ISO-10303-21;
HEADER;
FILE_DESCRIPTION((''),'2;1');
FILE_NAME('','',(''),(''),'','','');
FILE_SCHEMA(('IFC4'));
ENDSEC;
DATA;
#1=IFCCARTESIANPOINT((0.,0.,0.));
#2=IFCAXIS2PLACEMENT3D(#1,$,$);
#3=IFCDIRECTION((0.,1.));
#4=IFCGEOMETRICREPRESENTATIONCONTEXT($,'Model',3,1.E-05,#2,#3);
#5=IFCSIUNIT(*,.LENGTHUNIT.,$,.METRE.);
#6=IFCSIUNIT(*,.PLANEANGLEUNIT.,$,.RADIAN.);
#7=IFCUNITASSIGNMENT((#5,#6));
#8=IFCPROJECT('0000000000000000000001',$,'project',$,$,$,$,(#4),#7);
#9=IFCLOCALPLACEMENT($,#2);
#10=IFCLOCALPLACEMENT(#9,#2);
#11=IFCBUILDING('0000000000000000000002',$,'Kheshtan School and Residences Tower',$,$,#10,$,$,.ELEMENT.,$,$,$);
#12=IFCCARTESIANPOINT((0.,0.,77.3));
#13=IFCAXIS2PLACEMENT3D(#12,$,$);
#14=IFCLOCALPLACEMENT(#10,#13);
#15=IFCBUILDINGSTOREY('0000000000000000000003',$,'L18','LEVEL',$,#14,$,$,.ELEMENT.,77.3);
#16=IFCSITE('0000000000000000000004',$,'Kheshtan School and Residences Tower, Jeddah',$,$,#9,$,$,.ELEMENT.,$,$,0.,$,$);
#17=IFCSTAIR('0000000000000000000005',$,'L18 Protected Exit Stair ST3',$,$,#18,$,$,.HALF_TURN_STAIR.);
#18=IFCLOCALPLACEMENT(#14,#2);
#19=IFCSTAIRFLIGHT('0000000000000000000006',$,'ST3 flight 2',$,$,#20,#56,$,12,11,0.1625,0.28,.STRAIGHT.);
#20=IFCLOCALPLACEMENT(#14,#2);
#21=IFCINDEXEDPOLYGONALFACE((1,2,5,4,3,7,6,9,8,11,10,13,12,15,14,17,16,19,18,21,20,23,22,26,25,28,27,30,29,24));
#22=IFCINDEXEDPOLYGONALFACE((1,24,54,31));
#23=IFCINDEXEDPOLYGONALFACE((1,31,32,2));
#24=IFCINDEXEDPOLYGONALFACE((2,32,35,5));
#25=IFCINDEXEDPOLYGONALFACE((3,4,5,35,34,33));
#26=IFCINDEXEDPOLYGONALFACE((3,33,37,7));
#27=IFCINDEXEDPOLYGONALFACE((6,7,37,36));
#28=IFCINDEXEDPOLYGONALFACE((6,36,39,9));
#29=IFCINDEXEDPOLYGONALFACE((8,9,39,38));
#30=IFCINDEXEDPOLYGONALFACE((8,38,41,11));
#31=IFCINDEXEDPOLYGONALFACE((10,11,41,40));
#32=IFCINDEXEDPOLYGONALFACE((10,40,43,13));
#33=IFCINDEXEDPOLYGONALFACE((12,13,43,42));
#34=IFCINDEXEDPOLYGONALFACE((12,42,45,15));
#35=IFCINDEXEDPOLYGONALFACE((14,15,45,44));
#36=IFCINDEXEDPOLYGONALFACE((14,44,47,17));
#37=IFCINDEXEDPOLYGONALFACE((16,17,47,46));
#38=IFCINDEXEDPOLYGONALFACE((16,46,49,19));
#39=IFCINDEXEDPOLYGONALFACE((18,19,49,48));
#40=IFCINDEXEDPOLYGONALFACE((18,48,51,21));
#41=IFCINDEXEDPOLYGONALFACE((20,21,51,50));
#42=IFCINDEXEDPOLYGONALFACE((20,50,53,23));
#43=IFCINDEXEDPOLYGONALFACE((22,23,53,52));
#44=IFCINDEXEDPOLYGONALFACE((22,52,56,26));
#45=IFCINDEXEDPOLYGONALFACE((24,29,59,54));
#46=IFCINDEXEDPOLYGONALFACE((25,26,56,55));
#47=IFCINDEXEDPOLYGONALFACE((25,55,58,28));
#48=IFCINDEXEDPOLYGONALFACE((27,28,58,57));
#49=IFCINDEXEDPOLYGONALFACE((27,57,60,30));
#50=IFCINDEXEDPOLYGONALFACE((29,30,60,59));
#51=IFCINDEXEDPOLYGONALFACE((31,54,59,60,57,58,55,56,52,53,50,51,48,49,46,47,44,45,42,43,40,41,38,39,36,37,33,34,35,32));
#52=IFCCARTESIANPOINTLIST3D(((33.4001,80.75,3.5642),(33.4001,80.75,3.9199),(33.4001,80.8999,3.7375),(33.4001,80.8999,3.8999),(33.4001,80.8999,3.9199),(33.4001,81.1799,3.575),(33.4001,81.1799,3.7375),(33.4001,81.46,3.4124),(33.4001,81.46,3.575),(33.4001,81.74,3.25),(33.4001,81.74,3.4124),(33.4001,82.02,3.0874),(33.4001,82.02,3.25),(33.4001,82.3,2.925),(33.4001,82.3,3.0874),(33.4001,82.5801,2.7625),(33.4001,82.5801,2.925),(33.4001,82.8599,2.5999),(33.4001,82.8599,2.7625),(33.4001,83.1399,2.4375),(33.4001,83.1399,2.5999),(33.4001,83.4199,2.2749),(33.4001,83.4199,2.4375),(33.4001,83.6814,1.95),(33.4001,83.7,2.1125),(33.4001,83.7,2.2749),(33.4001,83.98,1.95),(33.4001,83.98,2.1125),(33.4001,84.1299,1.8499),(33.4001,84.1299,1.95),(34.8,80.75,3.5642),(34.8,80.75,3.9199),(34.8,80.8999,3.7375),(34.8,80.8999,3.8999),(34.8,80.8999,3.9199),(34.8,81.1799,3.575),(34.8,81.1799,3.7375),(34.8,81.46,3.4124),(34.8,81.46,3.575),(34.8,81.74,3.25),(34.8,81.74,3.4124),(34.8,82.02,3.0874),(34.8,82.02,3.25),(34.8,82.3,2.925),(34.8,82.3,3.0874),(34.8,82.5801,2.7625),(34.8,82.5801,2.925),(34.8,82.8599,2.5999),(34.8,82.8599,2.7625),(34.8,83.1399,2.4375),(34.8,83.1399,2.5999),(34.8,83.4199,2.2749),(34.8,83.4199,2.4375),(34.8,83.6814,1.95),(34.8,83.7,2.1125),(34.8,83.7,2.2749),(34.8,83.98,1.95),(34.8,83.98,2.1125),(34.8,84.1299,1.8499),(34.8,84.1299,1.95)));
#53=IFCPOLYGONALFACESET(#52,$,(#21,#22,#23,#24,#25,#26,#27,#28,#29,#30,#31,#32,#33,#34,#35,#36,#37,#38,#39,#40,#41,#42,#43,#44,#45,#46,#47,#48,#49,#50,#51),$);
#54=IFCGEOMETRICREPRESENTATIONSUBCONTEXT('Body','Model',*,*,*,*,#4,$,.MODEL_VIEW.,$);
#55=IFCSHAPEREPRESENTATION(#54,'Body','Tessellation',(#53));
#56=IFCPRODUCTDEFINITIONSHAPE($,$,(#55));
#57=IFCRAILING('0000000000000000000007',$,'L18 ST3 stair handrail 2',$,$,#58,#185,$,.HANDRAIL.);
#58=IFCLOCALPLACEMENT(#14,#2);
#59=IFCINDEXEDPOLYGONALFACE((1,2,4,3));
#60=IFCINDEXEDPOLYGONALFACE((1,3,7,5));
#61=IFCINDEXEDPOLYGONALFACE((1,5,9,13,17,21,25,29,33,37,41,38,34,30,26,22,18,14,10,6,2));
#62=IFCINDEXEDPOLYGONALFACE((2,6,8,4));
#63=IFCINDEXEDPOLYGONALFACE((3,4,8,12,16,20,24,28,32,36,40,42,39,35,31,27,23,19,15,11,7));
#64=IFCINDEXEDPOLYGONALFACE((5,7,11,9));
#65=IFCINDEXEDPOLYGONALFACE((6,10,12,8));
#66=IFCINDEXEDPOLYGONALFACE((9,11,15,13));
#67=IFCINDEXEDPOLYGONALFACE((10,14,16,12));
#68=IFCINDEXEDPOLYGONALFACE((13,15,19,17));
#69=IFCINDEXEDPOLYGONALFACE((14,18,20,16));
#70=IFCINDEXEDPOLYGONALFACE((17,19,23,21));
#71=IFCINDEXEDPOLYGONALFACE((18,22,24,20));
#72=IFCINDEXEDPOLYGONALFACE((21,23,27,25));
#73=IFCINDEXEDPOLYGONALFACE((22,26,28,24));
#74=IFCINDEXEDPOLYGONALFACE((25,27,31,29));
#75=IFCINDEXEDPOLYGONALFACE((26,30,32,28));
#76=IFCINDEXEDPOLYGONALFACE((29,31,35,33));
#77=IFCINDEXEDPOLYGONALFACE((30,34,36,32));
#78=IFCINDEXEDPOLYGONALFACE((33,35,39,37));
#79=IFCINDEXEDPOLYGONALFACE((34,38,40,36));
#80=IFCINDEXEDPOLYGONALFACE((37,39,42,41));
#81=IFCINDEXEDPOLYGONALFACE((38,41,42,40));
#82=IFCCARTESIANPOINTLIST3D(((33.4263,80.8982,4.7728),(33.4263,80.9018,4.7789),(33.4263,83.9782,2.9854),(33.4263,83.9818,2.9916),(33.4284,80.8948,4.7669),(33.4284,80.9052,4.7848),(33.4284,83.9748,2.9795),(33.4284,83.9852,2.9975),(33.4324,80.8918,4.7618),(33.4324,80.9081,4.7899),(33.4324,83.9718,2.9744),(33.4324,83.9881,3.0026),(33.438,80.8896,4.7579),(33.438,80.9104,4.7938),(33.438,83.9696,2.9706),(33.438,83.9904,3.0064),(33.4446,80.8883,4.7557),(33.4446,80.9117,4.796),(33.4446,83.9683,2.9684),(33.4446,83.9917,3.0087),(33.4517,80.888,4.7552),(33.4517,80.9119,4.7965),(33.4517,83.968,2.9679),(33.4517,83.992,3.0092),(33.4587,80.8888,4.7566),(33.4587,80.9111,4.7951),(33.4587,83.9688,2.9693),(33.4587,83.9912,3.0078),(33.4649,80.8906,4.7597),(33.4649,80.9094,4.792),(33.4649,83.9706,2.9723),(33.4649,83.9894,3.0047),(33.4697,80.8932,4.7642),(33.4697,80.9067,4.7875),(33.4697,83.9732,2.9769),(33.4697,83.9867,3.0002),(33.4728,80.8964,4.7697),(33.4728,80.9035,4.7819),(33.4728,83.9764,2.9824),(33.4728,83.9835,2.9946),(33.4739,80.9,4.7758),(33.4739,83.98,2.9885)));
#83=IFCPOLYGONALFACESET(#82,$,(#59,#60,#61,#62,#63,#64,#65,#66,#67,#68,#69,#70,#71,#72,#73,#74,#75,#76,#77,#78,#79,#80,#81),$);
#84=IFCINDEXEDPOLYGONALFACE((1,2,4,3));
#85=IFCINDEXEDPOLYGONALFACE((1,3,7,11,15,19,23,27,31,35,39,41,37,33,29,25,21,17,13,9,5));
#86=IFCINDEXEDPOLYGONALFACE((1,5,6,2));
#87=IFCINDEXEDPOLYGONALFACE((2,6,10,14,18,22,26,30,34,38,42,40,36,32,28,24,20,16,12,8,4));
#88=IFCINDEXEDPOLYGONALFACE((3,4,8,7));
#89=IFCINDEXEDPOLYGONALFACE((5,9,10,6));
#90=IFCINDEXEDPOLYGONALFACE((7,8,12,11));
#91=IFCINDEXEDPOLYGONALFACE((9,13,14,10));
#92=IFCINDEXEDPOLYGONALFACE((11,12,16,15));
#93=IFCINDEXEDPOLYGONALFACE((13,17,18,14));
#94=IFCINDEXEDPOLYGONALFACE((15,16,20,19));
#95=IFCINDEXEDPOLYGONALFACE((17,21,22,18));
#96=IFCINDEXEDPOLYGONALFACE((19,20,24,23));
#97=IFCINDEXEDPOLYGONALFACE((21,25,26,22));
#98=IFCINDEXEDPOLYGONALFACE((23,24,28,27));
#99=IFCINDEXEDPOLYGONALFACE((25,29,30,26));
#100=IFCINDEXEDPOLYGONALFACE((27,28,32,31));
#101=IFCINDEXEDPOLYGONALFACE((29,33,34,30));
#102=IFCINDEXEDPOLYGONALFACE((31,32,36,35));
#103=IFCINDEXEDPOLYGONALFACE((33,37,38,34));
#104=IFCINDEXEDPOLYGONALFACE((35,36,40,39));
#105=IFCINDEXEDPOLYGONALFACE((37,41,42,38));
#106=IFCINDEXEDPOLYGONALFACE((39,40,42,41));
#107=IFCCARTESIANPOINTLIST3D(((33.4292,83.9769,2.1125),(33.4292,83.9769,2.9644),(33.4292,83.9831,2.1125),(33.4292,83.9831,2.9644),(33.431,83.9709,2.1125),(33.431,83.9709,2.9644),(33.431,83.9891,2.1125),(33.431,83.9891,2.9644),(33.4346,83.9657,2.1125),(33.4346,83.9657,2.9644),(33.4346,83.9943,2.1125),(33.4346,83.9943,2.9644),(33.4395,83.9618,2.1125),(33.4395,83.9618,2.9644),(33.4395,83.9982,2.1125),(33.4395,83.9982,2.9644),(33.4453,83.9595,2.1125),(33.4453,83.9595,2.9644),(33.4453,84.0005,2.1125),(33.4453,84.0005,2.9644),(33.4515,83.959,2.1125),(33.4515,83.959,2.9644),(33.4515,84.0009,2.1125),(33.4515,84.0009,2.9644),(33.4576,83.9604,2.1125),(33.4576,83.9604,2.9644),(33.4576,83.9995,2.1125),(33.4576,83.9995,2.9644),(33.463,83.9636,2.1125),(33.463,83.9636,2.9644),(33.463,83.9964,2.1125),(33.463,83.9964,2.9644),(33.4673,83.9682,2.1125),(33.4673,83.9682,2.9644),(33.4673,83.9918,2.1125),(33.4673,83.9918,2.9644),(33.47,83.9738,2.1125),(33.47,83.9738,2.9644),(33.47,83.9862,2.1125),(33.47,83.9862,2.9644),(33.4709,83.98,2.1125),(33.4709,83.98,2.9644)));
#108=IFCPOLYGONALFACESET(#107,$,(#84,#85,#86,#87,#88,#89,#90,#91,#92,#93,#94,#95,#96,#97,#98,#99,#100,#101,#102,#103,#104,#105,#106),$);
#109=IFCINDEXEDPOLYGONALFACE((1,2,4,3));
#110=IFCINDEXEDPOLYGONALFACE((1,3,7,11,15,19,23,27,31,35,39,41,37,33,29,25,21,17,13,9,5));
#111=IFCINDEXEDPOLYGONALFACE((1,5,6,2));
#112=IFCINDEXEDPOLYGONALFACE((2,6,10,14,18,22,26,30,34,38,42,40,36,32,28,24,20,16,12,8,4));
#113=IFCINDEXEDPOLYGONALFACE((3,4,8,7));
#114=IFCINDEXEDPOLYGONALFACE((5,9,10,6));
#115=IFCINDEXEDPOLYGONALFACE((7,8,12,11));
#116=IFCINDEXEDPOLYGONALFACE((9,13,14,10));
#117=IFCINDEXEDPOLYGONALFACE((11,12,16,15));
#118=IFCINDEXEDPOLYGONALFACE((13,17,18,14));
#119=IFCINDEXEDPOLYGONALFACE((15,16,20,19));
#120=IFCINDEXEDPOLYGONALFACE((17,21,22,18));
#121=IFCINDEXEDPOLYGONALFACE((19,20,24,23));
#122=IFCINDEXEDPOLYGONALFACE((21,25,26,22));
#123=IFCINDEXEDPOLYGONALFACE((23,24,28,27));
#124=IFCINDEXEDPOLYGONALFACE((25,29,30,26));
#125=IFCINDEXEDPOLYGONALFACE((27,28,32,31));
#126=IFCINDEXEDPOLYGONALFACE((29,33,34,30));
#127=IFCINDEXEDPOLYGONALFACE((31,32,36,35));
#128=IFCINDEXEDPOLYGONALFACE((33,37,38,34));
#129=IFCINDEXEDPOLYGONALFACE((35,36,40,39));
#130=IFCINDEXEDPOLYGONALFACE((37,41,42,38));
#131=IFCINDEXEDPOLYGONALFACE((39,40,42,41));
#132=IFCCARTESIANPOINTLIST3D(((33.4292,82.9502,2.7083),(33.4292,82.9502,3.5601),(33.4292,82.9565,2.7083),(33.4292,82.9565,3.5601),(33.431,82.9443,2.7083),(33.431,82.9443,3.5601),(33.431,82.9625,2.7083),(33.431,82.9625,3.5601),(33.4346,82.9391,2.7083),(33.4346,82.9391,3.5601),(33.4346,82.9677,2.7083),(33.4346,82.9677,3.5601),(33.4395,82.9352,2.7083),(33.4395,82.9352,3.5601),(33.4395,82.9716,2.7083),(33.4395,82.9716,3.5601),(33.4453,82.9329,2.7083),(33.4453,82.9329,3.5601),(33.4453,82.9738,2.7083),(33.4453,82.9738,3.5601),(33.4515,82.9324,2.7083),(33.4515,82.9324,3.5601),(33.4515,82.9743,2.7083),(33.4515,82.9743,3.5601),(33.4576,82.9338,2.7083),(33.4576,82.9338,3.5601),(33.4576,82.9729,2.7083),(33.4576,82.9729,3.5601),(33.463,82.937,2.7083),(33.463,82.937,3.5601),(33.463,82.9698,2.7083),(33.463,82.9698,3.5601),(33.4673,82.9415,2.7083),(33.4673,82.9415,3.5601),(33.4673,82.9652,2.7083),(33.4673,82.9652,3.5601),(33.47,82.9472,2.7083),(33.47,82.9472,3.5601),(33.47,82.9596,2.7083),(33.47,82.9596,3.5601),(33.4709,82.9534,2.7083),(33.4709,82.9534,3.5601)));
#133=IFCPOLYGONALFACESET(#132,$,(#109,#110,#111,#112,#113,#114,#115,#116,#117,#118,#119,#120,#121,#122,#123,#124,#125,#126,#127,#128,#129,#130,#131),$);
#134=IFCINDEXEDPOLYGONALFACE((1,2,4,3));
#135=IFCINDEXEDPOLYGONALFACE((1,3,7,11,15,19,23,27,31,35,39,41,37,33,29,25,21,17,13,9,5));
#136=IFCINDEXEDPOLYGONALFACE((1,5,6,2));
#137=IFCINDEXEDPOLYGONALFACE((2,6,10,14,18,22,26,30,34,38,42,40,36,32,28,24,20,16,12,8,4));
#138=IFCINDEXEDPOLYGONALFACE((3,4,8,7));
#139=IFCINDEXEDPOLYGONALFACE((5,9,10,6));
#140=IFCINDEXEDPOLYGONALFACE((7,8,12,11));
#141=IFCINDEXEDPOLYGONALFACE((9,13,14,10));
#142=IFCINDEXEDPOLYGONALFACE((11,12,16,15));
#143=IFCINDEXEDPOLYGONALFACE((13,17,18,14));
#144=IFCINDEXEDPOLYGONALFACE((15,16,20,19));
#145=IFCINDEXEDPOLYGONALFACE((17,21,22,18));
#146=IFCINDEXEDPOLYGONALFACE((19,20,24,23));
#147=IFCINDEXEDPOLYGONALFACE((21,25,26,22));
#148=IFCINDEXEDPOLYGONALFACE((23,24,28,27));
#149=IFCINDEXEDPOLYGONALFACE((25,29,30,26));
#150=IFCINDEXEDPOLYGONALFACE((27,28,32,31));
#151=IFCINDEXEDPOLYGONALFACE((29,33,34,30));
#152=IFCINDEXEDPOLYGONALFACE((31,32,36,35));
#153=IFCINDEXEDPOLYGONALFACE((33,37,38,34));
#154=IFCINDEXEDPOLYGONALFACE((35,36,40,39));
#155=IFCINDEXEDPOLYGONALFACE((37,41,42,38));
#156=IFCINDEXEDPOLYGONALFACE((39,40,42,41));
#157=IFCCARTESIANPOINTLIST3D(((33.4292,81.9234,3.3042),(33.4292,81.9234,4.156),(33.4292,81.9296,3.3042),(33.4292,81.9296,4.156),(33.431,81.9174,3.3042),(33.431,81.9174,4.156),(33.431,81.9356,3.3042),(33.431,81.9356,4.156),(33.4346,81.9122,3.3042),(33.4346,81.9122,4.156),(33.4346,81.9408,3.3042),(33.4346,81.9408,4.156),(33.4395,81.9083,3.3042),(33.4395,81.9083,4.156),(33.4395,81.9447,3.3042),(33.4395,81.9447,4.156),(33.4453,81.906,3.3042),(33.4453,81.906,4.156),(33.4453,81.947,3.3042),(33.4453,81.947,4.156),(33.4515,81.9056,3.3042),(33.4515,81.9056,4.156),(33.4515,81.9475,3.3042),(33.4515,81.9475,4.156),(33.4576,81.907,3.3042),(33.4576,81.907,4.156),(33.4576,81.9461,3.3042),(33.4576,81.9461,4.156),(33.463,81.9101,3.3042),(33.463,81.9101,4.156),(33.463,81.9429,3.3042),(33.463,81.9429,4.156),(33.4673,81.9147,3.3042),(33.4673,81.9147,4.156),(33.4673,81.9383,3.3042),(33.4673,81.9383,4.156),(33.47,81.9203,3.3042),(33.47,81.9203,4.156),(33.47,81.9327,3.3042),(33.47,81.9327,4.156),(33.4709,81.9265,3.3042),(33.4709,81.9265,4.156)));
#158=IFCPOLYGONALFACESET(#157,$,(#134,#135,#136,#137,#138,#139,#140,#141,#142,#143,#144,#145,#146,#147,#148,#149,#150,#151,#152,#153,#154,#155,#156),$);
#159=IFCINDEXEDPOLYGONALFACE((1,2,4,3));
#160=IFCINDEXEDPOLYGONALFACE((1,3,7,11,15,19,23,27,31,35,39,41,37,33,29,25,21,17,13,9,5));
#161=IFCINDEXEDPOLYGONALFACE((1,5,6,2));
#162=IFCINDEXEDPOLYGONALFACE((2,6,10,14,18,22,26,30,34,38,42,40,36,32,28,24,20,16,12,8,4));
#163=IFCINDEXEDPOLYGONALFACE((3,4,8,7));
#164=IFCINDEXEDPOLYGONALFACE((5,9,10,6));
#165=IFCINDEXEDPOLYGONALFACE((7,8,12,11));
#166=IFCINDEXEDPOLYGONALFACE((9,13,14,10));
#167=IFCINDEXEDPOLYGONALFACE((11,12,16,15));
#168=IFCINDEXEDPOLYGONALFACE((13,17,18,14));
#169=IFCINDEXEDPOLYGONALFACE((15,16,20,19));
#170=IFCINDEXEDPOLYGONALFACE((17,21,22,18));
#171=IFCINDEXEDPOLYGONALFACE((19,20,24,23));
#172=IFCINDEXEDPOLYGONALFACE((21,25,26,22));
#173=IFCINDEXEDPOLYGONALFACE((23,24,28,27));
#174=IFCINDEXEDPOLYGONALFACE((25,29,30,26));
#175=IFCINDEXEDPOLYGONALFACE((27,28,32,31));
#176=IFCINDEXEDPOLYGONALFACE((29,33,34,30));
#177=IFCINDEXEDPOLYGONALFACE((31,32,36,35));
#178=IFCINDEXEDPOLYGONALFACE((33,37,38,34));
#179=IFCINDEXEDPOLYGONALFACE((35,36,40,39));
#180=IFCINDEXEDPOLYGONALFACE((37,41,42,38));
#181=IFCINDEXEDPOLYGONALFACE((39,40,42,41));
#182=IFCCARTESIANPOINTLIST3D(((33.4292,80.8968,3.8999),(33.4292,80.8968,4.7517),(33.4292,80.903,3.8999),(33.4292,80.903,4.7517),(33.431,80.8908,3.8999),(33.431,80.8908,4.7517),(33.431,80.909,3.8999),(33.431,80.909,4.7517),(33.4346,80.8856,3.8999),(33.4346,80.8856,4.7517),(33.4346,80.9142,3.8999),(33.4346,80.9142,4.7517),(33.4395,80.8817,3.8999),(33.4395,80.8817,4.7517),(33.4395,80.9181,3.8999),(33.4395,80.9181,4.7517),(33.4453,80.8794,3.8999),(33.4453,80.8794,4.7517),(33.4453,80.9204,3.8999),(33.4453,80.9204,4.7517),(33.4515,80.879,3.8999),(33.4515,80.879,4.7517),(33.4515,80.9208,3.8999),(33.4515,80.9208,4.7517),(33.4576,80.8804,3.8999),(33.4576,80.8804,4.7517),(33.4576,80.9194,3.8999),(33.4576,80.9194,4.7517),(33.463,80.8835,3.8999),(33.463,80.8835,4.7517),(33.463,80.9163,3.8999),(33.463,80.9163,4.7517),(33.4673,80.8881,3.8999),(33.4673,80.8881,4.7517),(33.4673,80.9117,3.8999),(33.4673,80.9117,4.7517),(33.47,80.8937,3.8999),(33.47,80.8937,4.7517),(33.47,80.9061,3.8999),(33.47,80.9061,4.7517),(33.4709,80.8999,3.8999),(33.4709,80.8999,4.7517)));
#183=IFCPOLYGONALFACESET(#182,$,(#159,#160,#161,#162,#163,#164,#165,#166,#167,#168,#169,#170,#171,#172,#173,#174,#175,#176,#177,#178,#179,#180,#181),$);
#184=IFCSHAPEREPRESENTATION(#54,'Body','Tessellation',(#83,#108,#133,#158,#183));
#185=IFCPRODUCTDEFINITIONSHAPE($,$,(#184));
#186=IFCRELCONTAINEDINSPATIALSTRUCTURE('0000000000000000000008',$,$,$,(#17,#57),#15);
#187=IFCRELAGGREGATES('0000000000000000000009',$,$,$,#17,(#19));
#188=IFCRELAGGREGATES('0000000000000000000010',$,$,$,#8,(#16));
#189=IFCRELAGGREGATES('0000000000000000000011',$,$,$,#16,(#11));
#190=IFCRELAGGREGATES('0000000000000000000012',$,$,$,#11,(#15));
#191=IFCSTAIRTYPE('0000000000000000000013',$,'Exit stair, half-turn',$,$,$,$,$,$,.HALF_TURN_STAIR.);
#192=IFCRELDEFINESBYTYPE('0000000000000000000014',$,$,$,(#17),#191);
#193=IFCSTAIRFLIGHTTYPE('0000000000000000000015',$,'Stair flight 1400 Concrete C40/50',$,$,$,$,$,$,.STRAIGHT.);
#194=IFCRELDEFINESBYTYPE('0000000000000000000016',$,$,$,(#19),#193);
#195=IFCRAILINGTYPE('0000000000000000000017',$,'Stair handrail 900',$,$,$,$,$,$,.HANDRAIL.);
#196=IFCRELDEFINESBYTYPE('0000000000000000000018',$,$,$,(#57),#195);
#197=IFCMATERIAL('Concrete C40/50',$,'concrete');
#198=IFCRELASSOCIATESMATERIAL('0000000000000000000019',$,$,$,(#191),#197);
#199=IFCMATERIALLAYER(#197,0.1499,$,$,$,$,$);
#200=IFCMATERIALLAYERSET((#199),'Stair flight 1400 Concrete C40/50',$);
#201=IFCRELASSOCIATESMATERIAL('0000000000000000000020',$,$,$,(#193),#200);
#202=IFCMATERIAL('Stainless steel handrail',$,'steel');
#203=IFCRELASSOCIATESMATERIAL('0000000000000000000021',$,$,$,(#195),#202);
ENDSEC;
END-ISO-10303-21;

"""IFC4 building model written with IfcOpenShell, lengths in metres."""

from ifc_helpers import new_model, si_unit, direction, frame, origin, origin_2d, place, context, subcontext, project, spatial, polyline, circle, outline, extrude, material, layer, layer_set, type_object, element, aggregate, save


model = new_model("IFC4")

# Units and contexts
model_context = context("Model", 3, precision=1e-05, world=origin(), true_north=direction((0.0, 1.0)))
body_context = subcontext(model_context, "Body", "Model", "MODEL_VIEW")
ifc_project = project(units=[si_unit("LENGTHUNIT", "METRE"), si_unit("PLANEANGLEUNIT", "RADIAN")], contexts=[model_context])

# Site, building, storey
site_placement = place(None, origin())
site = spatial("IfcSite", under=ifc_project, at=site_placement, Name="Kheshtan School and Residences Tower, Jeddah", CompositionType="ELEMENT", RefElevation=0.0)
building_placement = place(site_placement, origin())
building = spatial("IfcBuilding", under=site, at=building_placement, Name="Kheshtan School and Residences Tower", CompositionType="ELEMENT")
storey_placement = place(building_placement, frame((0.0, 0.0, 77.3)))
storey = spatial("IfcBuildingStorey", under=building, at=storey_placement, Name="L18", Description="LEVEL", CompositionType="ELEMENT", Elevation=77.3)

# Shared definitions
ifc_material_1 = material(Name="Concrete C40/50", Category="concrete")

# Stair, stair flight
stair_type = type_object("IfcStairType", Name="Exit stair, half-turn", PredefinedType="HALF_TURN_STAIR", material=ifc_material_1)
stair_placement = place(storey_placement, origin())
stair = element("IfcStair", 1, at=stair_placement, inside=storey, type_object=stair_type, Name="L18 Protected Exit Stair ST3", PredefinedType="HALF_TURN_STAIR")
ifc_layer_1 = layer(ifc_material_1, 0.1499)
ifc_layer_set_1 = layer_set([ifc_layer_1], Name="Stair flight 1400 Concrete C40/50")
stair_flight_type = type_object("IfcStairFlightType", Name="Stair flight 1400 Concrete C40/50", PredefinedType="STRAIGHT", material=ifc_layer_set_1)
stair_flight_placement = place(storey_placement, frame((34.1001, 83.98, 1.95), z_axis=(0.0, 0.0, 1.0), x_axis=(0.0, -1.0, 0.0)))
stair_flight = element("IfcStairFlight", 2, at=stair_flight_placement, type_object=stair_flight_type, Name="ST3 flight 2", NumberOfRisers=12, NumberOfTreads=11, PredefinedType="STRAIGHT", RiserHeight=0.1625, TreadLength=0.28, context=body_context, shape_type="SweptSolid", body=[
    extrude(outline(polyline([(-0.1499, -0.1001), (-0.1499, 0.0), (0.0, 0.0), (0.0, 0.1626), (0.28, 0.1626), (0.28, 0.325), (0.5601, 0.325), (0.5601, 0.4875), (0.8401, 0.4875), (0.8401, 0.6499), (1.1201, 0.6499), (1.1201, 0.8125), (1.3999, 0.8125), (1.3999, 0.9751), (1.6799, 0.9751), (1.6799, 1.1375), (1.96, 1.1375), (1.96, 1.3), (2.24, 1.3), (2.24, 1.4624), (2.52, 1.4624), (2.52, 1.625), (2.8, 1.625), (2.8, 1.7876), (3.0801, 1.7876), (3.0801, 1.95), (3.0801, 1.97), (3.23, 1.97), (3.23, 1.6143), (0.2986, 0.0), (-0.1499, -0.1001)])), frame((0.0, 0.7, 0.0), z_axis=(0.0, -1.0, 0.0), x_axis=(1.0, 0.0, 0.0)), (0.0, 0.0, 1.0), 1.3999),
])
aggregate(stair, [stair_flight])

# Railing
ifc_material_2 = material(Name="Stainless steel handrail", Category="steel")
railing_type_1 = type_object("IfcRailingType", Name="Stair handrail 900", PredefinedType="HANDRAIL", material=ifc_material_2)
railing_1_placement = place(storey_placement, frame((33.45, 83.98, 2.1125)))
element("IfcRailing", 3, at=railing_1_placement, inside=storey, type_object=railing_type_1, Name="L18 ST3 stair handrail 2", PredefinedType="HANDRAIL", context=body_context, shape_type="SweptSolid", body=[
    extrude(circle(Radius=0.0239, at=origin_2d()), frame((0.0, 0.0, 0.876), z_axis=(0.0, -0.86492, 0.501909), x_axis=(1.0, 0.0, 0.0)), (0.0, 0.0, 1.0), 3.561),
    extrude(circle(Radius=0.021, at=origin_2d()), origin(), (0.0, 0.0, 1.0), 0.8518),
    extrude(circle(Radius=0.021, at=origin_2d()), frame((0.0, -1.0266, 0.5957)), (0.0, 0.0, 1.0), 0.8518),
    extrude(circle(Radius=0.021, at=origin_2d()), frame((0.0, -2.0535, 1.1917)), (0.0, 0.0, 1.0), 0.8518),
    extrude(circle(Radius=0.021, at=origin_2d()), frame((0.0, -3.0801, 1.7874)), (0.0, 0.0, 1.0), 0.8518),
])

save(model, "model.ifc")
